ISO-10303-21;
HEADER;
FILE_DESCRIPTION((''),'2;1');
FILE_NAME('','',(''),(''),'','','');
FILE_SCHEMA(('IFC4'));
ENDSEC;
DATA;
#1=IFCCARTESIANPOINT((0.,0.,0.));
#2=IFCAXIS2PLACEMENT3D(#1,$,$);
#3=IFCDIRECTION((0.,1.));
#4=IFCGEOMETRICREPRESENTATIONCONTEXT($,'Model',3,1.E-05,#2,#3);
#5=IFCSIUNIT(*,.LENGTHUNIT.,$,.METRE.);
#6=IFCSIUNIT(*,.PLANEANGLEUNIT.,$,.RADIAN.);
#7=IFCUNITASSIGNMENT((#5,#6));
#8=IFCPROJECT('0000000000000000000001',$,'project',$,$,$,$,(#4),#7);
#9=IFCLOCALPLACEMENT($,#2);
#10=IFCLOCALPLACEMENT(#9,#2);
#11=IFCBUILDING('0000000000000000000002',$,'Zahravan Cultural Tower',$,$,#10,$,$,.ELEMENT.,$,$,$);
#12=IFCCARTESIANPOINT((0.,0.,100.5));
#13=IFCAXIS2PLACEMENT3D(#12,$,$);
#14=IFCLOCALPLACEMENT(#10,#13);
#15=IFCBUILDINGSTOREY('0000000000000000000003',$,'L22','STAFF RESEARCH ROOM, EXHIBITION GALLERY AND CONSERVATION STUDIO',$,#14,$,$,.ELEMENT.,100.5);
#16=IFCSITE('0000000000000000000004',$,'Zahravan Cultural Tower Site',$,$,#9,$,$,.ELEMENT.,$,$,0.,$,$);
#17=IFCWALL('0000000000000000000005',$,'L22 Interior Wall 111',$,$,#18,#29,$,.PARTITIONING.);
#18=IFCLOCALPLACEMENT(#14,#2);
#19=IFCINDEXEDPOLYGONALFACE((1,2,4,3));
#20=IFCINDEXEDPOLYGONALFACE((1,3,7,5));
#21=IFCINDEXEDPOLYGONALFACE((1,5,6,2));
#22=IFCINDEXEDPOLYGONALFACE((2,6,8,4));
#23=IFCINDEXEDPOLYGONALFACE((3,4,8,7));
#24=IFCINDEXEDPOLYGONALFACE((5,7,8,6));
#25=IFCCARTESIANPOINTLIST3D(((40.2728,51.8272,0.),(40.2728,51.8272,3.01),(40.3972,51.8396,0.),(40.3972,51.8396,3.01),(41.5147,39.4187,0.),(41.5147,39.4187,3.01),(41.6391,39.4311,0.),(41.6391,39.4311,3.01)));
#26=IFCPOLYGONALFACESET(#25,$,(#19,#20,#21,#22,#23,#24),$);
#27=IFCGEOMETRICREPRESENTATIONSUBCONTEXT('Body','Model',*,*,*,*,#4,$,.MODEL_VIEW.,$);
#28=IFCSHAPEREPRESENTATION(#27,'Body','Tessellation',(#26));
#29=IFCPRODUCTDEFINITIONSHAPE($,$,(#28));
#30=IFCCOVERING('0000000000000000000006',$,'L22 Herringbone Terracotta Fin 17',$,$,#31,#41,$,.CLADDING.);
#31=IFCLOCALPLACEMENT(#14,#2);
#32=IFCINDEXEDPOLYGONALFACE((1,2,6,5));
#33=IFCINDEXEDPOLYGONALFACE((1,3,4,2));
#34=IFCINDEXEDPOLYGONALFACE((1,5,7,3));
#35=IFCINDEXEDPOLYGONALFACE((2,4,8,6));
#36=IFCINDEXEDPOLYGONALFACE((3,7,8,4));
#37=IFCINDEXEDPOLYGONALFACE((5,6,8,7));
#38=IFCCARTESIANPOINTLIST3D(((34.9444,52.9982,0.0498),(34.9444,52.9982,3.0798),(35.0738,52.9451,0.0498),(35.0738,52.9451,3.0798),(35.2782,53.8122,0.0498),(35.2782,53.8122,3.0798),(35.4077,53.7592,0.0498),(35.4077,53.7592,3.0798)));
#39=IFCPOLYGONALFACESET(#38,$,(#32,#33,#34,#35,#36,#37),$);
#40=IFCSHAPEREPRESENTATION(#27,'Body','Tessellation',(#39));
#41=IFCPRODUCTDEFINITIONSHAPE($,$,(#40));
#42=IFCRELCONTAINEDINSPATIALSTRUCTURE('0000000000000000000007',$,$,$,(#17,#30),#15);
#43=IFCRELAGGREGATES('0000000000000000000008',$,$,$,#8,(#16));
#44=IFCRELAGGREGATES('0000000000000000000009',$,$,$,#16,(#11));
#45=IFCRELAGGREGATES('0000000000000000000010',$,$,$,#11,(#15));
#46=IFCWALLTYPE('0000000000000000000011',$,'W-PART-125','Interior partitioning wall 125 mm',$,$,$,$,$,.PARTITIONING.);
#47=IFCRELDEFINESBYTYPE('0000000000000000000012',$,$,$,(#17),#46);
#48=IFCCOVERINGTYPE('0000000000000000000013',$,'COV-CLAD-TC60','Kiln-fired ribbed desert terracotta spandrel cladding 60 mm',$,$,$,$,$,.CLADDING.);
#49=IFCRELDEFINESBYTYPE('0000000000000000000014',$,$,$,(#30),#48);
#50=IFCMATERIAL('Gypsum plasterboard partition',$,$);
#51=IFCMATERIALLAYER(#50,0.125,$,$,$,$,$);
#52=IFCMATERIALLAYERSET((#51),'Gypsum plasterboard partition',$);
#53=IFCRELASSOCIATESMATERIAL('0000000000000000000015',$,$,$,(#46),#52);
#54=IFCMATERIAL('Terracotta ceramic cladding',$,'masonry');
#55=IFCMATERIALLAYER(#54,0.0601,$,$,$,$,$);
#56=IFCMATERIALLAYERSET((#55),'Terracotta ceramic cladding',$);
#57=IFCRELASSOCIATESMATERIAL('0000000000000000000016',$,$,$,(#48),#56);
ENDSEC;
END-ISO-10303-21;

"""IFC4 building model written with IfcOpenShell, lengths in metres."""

from ifc_helpers import new_model, si_unit, direction, frame, frame_2d, origin, origin_2d, place, context, subcontext, project, spatial, rectangle, extrude, source, transform, mapped, material, layer, layer_set, type_object, element, save


model = new_model("IFC4")

# Units and contexts
model_context = context("Model", 3, precision=1e-05, world=origin(), true_north=direction((0.0, 1.0)))
body_context = subcontext(model_context, "Body", "Model", "MODEL_VIEW")
ifc_project = project(units=[si_unit("LENGTHUNIT", "METRE"), si_unit("PLANEANGLEUNIT", "RADIAN")], contexts=[model_context])

# Site, building, storey
site_placement = place(None, origin())
site = spatial("IfcSite", under=ifc_project, at=site_placement, Name="Zahravan Cultural Tower Site", CompositionType="ELEMENT", RefElevation=0.0)
building_placement = place(site_placement, origin())
building = spatial("IfcBuilding", under=site, at=building_placement, Name="Zahravan Cultural Tower", CompositionType="ELEMENT")
storey_placement = place(building_placement, frame((0.0, 0.0, 100.5)))
storey = spatial("IfcBuildingStorey", under=building, at=storey_placement, Name="L22", Description="STAFF RESEARCH ROOM, EXHIBITION GALLERY AND CONSERVATION STUDIO", CompositionType="ELEMENT", Elevation=100.5)

# Wall
ifc_material_1 = material(Name="Gypsum plasterboard partition")
ifc_layer_1 = layer(ifc_material_1, 0.125)
ifc_layer_set_1 = layer_set([ifc_layer_1], Name="Gypsum plasterboard partition")
wall_type_1 = type_object("IfcWallType", Name="W-PART-125", Description="Interior partitioning wall 125 mm", PredefinedType="PARTITIONING", material=ifc_layer_set_1)
shared_shape_1 = source(origin(), body_context, "Body", "SweptSolid", [
    extrude(rectangle(XDim=12.4705, YDim=0.125, at=frame_2d((6.2354, 0.0))), origin(), (0.0, 0.0, 1.0), 3.01),
])
wall_1_placement = place(storey_placement, frame((40.335, 51.8335, 0.0), z_axis=(0.0, 0.0, 1.0), x_axis=(0.099591, -0.995028, 0.0)))
element("IfcWall", 1, at=wall_1_placement, inside=storey, type_object=wall_type_1, Name="L22 Interior Wall 111", PredefinedType="PARTITIONING", context=body_context, shape_type="MappedRepresentation", body=[
    mapped(shared_shape_1, transform((0.0, 0.0, 0.0), x_axis=(1.0, 0.0, 0.0), y_axis=(0.0, 1.0, 0.0), z_axis=(0.0, 0.0, 1.0), scale=1.0)),
])

# Covering
ifc_material_2 = material(Name="Terracotta ceramic cladding", Category="masonry")
ifc_layer_2 = layer(ifc_material_2, 0.0601)
ifc_layer_set_2 = layer_set([ifc_layer_2], Name="Terracotta ceramic cladding")
covering_type = type_object("IfcCoveringType", Name="COV-CLAD-TC60", Description="Kiln-fired ribbed desert terracotta spandrel cladding 60 mm", PredefinedType="CLADDING", material=ifc_layer_set_2)
shared_shape_2 = source(origin(), body_context, "Body", "SweptSolid", [
    extrude(rectangle(XDim=0.8799, YDim=0.1399, at=origin_2d()), origin(), (0.0, 0.0, 1.0), 3.03),
])
covering_placement = place(storey_placement, frame((35.176, 53.3787, 0.0498), z_axis=(0.0, 0.0, 1.0), x_axis=(0.379456, 0.92521, 0.0)))
element("IfcCovering", 2, at=covering_placement, inside=storey, type_object=covering_type, Name="L22 Herringbone Terracotta Fin 17", PredefinedType="CLADDING", context=body_context, shape_type="MappedRepresentation", body=[
    mapped(shared_shape_2, transform((0.0, 0.0, 0.0), x_axis=(1.0, 0.0, 0.0), y_axis=(0.0, 1.0, 0.0), z_axis=(0.0, 0.0, 1.0), scale=1.0)),
])

save(model, "model.ifc")
